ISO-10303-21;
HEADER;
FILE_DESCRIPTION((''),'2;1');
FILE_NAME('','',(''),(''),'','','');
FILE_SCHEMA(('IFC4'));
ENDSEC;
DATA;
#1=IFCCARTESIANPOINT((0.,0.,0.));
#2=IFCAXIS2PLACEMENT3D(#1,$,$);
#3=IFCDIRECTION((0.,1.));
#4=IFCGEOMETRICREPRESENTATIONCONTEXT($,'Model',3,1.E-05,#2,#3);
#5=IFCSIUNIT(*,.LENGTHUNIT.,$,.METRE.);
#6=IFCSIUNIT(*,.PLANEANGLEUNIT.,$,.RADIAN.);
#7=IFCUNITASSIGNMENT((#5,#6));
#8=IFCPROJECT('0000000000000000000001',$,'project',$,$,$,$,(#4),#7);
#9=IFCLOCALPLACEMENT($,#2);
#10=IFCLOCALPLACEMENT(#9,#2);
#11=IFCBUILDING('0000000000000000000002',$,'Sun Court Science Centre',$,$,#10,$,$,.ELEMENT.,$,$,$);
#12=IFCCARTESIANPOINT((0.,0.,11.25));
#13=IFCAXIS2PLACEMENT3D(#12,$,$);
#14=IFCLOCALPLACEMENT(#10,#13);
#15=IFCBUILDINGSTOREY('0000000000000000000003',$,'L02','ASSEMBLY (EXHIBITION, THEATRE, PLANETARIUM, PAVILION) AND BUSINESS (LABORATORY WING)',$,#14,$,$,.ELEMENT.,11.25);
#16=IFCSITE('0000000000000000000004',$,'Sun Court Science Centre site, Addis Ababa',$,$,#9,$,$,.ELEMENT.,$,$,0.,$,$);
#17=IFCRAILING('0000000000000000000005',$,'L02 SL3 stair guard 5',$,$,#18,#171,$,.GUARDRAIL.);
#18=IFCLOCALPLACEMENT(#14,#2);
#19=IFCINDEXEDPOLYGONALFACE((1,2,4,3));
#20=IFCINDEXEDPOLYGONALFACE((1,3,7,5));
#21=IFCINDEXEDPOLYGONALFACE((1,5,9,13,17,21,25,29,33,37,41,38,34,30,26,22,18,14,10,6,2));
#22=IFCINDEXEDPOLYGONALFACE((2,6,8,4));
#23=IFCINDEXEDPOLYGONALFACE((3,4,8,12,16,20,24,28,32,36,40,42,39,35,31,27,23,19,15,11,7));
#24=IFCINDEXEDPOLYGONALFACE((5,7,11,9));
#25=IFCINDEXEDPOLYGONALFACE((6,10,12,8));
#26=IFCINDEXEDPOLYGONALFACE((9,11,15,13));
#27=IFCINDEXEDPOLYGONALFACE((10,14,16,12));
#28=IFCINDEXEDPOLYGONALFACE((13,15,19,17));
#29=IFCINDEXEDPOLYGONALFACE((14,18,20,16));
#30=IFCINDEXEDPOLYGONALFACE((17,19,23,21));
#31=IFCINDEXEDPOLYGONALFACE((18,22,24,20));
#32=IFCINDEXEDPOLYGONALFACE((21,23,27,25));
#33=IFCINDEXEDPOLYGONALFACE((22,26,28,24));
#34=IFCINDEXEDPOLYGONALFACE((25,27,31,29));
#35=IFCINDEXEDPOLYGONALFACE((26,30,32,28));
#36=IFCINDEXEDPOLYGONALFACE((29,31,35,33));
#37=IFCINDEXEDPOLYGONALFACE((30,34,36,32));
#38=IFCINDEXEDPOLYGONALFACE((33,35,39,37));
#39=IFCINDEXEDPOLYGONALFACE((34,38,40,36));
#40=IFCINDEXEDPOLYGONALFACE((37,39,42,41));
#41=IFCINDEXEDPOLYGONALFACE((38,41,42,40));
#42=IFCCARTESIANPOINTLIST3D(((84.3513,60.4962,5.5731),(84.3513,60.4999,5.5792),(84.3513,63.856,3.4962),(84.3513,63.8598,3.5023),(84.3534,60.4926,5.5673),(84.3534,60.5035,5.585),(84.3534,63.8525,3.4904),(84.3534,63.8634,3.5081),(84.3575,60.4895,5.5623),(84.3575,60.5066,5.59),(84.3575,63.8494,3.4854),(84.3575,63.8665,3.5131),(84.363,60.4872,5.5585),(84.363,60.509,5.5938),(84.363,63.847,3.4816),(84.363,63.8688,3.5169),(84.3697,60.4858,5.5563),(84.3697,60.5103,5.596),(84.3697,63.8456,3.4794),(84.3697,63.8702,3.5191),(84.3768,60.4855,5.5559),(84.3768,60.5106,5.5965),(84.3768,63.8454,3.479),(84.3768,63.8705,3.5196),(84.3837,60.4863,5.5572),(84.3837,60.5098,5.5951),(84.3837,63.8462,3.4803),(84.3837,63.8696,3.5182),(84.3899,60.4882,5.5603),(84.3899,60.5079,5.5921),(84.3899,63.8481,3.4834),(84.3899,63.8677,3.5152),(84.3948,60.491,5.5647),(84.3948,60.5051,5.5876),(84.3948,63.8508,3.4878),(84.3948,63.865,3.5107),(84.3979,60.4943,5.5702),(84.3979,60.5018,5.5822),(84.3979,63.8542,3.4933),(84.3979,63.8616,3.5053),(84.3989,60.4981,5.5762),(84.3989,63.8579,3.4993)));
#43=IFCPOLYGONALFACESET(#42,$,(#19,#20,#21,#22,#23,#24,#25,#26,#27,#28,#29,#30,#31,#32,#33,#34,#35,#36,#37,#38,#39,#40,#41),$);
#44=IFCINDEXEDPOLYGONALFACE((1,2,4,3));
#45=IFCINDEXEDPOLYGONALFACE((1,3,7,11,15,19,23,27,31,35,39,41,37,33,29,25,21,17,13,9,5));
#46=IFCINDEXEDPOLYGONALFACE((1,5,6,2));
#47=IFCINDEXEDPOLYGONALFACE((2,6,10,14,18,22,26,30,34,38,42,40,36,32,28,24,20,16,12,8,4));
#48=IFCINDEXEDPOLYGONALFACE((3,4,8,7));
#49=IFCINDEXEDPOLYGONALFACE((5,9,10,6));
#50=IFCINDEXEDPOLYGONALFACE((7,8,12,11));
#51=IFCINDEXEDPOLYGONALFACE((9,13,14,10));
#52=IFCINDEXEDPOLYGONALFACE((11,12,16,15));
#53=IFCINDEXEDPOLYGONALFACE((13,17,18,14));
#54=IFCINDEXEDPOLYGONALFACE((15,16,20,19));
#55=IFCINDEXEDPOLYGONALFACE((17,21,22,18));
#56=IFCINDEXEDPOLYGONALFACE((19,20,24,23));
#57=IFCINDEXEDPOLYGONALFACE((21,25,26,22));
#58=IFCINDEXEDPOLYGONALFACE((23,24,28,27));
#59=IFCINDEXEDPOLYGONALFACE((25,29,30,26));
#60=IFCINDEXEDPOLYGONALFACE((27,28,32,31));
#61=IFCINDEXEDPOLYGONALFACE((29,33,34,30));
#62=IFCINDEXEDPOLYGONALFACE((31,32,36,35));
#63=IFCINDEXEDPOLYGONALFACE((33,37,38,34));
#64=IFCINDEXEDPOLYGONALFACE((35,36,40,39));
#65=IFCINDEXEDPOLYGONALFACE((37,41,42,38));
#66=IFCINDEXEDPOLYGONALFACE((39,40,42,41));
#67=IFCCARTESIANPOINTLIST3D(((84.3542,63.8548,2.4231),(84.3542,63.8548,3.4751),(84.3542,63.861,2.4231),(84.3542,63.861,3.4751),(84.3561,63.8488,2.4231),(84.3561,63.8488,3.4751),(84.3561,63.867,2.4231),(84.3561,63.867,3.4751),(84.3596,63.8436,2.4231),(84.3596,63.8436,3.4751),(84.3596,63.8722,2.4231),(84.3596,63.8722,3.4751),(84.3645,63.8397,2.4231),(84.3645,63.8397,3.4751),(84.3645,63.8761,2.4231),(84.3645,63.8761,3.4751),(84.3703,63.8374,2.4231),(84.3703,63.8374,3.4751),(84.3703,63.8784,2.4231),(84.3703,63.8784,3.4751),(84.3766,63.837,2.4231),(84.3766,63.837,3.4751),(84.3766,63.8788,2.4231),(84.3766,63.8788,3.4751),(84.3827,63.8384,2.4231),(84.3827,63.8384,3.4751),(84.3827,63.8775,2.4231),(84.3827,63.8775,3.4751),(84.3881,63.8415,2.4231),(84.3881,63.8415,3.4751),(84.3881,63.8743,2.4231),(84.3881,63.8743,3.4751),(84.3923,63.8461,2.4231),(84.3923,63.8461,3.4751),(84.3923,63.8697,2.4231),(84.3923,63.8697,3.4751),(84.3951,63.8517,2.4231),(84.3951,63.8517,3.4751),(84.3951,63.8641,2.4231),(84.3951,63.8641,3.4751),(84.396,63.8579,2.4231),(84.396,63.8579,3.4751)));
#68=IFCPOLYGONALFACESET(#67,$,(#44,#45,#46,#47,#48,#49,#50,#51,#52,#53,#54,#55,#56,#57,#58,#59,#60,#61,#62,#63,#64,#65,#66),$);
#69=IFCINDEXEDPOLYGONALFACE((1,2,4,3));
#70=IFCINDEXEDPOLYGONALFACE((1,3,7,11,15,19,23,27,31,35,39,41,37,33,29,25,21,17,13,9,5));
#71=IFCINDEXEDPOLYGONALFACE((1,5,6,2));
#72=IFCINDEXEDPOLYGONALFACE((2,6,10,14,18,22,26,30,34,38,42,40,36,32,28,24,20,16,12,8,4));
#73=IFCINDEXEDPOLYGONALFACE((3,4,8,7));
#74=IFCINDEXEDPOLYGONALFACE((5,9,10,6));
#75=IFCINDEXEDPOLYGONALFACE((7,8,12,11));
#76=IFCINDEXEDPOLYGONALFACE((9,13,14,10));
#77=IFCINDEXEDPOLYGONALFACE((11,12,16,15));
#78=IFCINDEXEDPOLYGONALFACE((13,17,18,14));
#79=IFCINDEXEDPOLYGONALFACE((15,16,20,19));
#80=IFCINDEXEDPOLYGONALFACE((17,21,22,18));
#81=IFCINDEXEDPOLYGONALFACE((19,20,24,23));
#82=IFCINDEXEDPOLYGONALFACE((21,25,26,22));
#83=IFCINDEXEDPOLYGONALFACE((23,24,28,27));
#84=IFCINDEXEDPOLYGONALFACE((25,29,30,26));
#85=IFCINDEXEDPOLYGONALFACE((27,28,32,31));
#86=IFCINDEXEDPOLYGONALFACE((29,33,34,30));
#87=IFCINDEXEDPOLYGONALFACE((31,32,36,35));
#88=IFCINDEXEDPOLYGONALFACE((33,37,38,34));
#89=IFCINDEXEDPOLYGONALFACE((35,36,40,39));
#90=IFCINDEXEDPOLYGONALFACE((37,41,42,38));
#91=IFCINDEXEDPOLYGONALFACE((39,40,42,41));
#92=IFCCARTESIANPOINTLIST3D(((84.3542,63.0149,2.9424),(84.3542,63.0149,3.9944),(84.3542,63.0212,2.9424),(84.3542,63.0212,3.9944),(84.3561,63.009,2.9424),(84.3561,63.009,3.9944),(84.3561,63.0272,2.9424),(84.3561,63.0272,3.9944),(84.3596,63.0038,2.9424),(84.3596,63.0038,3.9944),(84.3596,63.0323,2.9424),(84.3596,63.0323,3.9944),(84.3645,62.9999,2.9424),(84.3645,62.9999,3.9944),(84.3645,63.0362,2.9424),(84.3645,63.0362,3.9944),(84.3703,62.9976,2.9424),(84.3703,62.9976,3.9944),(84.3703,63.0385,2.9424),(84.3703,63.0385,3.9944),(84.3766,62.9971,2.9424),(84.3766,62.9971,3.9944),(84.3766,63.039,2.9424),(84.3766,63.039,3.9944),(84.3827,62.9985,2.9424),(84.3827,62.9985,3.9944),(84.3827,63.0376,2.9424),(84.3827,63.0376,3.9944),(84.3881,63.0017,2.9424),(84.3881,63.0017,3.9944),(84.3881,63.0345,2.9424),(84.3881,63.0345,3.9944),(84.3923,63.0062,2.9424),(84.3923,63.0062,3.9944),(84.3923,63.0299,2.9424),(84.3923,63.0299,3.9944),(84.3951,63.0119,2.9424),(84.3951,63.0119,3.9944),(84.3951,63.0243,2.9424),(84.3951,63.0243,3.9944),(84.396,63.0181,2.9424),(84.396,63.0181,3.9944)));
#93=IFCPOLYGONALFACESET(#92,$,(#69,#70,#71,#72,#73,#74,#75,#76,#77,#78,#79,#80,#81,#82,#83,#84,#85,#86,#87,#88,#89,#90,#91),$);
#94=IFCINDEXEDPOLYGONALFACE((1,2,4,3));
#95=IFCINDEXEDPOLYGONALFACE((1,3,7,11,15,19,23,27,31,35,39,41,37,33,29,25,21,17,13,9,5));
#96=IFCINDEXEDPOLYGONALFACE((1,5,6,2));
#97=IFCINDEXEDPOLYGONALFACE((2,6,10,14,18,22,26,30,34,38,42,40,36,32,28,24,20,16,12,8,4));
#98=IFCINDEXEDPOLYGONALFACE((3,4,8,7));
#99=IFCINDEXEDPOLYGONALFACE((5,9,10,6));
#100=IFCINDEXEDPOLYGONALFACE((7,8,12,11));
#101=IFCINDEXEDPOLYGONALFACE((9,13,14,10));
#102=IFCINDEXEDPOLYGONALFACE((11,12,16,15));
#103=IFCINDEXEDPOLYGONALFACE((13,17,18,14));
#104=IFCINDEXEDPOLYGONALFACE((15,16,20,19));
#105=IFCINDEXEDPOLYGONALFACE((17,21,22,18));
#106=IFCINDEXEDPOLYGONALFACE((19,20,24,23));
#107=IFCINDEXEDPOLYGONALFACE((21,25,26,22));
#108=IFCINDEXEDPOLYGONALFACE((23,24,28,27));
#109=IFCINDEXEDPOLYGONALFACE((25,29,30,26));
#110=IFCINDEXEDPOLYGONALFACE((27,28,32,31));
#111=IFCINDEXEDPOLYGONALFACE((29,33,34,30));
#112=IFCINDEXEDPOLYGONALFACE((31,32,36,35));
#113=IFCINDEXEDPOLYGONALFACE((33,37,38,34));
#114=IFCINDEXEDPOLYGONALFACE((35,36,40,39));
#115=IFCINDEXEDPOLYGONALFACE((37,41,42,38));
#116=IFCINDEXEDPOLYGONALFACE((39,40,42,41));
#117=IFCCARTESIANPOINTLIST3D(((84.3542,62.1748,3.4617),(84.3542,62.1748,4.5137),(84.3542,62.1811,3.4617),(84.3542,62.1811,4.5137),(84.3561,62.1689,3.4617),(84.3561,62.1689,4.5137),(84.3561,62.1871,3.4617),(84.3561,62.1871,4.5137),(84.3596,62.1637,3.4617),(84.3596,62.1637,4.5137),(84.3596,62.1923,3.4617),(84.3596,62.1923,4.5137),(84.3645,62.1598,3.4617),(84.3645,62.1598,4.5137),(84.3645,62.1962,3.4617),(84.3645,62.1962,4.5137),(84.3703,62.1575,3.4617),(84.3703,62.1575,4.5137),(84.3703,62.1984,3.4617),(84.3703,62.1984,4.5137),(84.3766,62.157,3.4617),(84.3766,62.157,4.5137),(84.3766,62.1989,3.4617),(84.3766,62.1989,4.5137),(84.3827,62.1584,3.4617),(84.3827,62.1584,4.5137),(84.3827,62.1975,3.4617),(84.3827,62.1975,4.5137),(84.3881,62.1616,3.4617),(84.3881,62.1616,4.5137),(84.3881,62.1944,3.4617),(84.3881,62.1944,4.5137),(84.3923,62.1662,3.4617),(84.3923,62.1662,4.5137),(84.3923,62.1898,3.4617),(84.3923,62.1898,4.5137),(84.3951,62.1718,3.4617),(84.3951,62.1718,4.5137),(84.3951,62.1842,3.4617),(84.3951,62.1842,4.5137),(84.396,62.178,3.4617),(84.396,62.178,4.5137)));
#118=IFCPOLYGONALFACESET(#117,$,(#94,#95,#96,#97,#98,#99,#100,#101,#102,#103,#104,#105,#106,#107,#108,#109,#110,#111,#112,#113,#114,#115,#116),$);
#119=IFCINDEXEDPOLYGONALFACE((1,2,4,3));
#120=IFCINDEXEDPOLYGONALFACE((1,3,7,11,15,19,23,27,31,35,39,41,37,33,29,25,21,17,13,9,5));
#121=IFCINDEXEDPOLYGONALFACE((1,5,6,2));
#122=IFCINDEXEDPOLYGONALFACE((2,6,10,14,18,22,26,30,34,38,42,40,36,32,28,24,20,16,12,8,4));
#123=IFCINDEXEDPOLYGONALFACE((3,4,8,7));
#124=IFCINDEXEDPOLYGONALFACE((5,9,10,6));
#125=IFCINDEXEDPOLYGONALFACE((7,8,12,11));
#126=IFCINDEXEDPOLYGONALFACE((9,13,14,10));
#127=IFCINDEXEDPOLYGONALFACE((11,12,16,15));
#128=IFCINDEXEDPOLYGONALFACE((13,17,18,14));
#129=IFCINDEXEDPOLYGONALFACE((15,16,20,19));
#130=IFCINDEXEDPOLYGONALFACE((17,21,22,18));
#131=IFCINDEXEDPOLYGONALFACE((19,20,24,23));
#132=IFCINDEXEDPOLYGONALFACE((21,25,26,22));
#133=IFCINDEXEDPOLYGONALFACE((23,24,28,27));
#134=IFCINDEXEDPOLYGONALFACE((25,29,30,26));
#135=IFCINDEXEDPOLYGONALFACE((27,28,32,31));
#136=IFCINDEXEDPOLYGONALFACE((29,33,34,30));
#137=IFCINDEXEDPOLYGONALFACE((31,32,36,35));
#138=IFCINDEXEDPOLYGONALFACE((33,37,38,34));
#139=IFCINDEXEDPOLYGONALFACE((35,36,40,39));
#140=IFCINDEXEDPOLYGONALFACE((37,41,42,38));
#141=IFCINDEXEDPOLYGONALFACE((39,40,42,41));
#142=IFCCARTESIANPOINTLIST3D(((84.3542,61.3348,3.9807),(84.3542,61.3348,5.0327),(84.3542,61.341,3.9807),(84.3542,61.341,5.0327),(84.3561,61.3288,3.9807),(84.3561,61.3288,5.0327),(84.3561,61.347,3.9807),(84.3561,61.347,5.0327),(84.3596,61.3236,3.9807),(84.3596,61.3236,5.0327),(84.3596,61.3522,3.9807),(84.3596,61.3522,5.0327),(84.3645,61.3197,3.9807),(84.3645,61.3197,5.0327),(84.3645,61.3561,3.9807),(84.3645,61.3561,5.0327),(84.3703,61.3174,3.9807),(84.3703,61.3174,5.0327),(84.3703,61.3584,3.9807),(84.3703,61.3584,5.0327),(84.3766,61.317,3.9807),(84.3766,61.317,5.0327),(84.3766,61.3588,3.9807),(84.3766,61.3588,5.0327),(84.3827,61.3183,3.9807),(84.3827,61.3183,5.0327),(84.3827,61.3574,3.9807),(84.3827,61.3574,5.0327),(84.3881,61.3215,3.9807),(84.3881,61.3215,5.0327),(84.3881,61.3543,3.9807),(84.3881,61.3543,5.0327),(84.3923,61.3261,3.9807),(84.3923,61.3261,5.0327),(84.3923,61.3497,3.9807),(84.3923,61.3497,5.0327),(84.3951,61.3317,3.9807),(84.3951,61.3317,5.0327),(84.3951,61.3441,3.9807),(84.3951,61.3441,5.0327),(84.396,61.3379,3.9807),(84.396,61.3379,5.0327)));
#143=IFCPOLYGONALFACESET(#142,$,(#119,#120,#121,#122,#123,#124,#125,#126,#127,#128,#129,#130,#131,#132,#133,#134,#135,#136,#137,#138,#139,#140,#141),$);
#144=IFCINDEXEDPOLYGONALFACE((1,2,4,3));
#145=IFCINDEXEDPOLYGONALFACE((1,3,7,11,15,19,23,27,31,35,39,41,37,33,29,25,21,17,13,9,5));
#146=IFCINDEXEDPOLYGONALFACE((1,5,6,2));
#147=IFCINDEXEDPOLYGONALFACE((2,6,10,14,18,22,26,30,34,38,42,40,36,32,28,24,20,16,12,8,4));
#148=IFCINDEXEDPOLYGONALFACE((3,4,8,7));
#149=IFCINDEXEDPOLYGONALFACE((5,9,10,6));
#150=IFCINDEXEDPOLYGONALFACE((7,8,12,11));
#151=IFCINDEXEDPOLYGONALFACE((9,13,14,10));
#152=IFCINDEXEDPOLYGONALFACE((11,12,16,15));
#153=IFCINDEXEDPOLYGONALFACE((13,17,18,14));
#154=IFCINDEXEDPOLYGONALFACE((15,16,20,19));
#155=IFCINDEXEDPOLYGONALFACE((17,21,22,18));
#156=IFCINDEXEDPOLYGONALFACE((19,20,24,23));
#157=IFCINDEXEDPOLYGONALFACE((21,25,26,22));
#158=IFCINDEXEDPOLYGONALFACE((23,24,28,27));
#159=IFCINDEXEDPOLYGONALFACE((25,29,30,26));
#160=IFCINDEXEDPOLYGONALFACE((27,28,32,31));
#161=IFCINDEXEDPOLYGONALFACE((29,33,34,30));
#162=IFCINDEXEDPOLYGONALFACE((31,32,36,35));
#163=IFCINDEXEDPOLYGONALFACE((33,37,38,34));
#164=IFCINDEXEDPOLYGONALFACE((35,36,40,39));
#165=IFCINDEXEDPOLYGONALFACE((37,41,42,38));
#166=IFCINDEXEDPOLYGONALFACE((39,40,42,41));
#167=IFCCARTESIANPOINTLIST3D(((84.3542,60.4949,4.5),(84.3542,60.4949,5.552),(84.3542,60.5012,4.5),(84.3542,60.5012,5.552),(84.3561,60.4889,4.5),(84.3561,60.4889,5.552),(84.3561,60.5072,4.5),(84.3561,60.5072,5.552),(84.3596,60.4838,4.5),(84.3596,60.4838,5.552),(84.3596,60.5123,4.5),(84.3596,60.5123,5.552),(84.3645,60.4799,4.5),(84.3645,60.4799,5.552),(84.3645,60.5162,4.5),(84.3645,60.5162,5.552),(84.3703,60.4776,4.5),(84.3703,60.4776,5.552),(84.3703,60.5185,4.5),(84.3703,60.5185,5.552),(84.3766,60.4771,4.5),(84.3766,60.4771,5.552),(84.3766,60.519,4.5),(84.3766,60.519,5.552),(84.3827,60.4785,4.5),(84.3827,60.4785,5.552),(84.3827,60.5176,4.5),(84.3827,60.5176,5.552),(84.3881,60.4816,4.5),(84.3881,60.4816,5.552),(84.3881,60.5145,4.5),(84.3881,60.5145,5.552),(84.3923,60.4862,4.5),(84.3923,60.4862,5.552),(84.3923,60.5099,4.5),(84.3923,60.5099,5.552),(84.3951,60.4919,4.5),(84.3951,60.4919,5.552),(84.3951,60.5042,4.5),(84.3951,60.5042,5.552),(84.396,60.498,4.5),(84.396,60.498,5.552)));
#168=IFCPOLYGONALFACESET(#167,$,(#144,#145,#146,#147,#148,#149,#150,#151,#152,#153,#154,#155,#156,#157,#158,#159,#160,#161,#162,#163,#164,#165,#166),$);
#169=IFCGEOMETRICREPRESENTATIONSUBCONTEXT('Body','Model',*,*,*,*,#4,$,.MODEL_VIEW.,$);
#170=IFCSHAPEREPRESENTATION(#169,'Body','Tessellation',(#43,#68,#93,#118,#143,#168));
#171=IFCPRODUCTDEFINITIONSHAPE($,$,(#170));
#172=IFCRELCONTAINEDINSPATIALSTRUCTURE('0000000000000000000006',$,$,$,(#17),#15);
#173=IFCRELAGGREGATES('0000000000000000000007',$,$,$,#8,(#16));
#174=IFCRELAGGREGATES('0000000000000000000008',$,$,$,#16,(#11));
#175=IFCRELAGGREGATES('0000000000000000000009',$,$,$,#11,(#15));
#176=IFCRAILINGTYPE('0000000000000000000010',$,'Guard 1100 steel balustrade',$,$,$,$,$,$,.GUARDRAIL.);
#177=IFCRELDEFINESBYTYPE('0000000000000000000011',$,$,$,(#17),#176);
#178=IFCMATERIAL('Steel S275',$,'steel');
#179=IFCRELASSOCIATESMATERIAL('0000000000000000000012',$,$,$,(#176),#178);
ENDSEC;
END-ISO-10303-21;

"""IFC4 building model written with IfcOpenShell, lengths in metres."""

from ifc_helpers import new_model, si_unit, direction, frame, origin, origin_2d, place, context, subcontext, project, spatial, circle, extrude, material, type_object, element, save


model = new_model("IFC4")

# Units and contexts
model_context = context("Model", 3, precision=1e-05, world=origin(), true_north=direction((0.0, 1.0)))
body_context = subcontext(model_context, "Body", "Model", "MODEL_VIEW")
ifc_project = project(units=[si_unit("LENGTHUNIT", "METRE"), si_unit("PLANEANGLEUNIT", "RADIAN")], contexts=[model_context])

# Site, building, storey
site_placement = place(None, origin())
site = spatial("IfcSite", under=ifc_project, at=site_placement, Name="Sun Court Science Centre site, Addis Ababa", CompositionType="ELEMENT", RefElevation=0.0)
building_placement = place(site_placement, origin())
building = spatial("IfcBuilding", under=site, at=building_placement, Name="Sun Court Science Centre", CompositionType="ELEMENT")
storey_placement = place(building_placement, frame((0.0, 0.0, 11.25)))
storey = spatial("IfcBuildingStorey", under=building, at=storey_placement, Name="L02", Description="ASSEMBLY (EXHIBITION, THEATRE, PLANETARIUM, PAVILION) AND BUSINESS (LABORATORY WING)", CompositionType="ELEMENT", Elevation=11.25)

# Railing
ifc_material_1 = material(Name="Steel S275", Category="steel")
railing_type_1 = type_object("IfcRailingType", Name="Guard 1100 steel balustrade", PredefinedType="GUARDRAIL", material=ifc_material_1)
railing_1_placement = place(storey_placement, frame((84.375, 63.8579, 2.4231)))
element("IfcRailing", 1, at=railing_1_placement, inside=storey, type_object=railing_type_1, Name="L02 SL3 stair guard 5", PredefinedType="GUARDRAIL", context=body_context, shape_type="SweptSolid", body=[
    extrude(circle(Radius=0.0239, at=origin_2d()), frame((0.0, 0.0, 1.0762), z_axis=(0.0, -0.850606, 0.525803), x_axis=(1.0, 0.0, 0.0)), (0.0, 0.0, 1.0), 3.95),
    extrude(circle(Radius=0.021, at=origin_2d()), origin(), (0.0, 0.0, 1.0), 1.052),
    extrude(circle(Radius=0.021, at=origin_2d()), frame((0.0, -0.8398, 0.5193)), (0.0, 0.0, 1.0), 1.052),
    extrude(circle(Radius=0.021, at=origin_2d()), frame((0.0, -1.6799, 1.0386)), (0.0, 0.0, 1.0), 1.052),
    extrude(circle(Radius=0.021, at=origin_2d()), frame((0.0, -2.52, 1.5576)), (0.0, 0.0, 1.0), 1.052),
    extrude(circle(Radius=0.021, at=origin_2d()), frame((0.0, -3.3599, 2.0769)), (0.0, 0.0, 1.0), 1.052),
])

save(model, "model.ifc")
